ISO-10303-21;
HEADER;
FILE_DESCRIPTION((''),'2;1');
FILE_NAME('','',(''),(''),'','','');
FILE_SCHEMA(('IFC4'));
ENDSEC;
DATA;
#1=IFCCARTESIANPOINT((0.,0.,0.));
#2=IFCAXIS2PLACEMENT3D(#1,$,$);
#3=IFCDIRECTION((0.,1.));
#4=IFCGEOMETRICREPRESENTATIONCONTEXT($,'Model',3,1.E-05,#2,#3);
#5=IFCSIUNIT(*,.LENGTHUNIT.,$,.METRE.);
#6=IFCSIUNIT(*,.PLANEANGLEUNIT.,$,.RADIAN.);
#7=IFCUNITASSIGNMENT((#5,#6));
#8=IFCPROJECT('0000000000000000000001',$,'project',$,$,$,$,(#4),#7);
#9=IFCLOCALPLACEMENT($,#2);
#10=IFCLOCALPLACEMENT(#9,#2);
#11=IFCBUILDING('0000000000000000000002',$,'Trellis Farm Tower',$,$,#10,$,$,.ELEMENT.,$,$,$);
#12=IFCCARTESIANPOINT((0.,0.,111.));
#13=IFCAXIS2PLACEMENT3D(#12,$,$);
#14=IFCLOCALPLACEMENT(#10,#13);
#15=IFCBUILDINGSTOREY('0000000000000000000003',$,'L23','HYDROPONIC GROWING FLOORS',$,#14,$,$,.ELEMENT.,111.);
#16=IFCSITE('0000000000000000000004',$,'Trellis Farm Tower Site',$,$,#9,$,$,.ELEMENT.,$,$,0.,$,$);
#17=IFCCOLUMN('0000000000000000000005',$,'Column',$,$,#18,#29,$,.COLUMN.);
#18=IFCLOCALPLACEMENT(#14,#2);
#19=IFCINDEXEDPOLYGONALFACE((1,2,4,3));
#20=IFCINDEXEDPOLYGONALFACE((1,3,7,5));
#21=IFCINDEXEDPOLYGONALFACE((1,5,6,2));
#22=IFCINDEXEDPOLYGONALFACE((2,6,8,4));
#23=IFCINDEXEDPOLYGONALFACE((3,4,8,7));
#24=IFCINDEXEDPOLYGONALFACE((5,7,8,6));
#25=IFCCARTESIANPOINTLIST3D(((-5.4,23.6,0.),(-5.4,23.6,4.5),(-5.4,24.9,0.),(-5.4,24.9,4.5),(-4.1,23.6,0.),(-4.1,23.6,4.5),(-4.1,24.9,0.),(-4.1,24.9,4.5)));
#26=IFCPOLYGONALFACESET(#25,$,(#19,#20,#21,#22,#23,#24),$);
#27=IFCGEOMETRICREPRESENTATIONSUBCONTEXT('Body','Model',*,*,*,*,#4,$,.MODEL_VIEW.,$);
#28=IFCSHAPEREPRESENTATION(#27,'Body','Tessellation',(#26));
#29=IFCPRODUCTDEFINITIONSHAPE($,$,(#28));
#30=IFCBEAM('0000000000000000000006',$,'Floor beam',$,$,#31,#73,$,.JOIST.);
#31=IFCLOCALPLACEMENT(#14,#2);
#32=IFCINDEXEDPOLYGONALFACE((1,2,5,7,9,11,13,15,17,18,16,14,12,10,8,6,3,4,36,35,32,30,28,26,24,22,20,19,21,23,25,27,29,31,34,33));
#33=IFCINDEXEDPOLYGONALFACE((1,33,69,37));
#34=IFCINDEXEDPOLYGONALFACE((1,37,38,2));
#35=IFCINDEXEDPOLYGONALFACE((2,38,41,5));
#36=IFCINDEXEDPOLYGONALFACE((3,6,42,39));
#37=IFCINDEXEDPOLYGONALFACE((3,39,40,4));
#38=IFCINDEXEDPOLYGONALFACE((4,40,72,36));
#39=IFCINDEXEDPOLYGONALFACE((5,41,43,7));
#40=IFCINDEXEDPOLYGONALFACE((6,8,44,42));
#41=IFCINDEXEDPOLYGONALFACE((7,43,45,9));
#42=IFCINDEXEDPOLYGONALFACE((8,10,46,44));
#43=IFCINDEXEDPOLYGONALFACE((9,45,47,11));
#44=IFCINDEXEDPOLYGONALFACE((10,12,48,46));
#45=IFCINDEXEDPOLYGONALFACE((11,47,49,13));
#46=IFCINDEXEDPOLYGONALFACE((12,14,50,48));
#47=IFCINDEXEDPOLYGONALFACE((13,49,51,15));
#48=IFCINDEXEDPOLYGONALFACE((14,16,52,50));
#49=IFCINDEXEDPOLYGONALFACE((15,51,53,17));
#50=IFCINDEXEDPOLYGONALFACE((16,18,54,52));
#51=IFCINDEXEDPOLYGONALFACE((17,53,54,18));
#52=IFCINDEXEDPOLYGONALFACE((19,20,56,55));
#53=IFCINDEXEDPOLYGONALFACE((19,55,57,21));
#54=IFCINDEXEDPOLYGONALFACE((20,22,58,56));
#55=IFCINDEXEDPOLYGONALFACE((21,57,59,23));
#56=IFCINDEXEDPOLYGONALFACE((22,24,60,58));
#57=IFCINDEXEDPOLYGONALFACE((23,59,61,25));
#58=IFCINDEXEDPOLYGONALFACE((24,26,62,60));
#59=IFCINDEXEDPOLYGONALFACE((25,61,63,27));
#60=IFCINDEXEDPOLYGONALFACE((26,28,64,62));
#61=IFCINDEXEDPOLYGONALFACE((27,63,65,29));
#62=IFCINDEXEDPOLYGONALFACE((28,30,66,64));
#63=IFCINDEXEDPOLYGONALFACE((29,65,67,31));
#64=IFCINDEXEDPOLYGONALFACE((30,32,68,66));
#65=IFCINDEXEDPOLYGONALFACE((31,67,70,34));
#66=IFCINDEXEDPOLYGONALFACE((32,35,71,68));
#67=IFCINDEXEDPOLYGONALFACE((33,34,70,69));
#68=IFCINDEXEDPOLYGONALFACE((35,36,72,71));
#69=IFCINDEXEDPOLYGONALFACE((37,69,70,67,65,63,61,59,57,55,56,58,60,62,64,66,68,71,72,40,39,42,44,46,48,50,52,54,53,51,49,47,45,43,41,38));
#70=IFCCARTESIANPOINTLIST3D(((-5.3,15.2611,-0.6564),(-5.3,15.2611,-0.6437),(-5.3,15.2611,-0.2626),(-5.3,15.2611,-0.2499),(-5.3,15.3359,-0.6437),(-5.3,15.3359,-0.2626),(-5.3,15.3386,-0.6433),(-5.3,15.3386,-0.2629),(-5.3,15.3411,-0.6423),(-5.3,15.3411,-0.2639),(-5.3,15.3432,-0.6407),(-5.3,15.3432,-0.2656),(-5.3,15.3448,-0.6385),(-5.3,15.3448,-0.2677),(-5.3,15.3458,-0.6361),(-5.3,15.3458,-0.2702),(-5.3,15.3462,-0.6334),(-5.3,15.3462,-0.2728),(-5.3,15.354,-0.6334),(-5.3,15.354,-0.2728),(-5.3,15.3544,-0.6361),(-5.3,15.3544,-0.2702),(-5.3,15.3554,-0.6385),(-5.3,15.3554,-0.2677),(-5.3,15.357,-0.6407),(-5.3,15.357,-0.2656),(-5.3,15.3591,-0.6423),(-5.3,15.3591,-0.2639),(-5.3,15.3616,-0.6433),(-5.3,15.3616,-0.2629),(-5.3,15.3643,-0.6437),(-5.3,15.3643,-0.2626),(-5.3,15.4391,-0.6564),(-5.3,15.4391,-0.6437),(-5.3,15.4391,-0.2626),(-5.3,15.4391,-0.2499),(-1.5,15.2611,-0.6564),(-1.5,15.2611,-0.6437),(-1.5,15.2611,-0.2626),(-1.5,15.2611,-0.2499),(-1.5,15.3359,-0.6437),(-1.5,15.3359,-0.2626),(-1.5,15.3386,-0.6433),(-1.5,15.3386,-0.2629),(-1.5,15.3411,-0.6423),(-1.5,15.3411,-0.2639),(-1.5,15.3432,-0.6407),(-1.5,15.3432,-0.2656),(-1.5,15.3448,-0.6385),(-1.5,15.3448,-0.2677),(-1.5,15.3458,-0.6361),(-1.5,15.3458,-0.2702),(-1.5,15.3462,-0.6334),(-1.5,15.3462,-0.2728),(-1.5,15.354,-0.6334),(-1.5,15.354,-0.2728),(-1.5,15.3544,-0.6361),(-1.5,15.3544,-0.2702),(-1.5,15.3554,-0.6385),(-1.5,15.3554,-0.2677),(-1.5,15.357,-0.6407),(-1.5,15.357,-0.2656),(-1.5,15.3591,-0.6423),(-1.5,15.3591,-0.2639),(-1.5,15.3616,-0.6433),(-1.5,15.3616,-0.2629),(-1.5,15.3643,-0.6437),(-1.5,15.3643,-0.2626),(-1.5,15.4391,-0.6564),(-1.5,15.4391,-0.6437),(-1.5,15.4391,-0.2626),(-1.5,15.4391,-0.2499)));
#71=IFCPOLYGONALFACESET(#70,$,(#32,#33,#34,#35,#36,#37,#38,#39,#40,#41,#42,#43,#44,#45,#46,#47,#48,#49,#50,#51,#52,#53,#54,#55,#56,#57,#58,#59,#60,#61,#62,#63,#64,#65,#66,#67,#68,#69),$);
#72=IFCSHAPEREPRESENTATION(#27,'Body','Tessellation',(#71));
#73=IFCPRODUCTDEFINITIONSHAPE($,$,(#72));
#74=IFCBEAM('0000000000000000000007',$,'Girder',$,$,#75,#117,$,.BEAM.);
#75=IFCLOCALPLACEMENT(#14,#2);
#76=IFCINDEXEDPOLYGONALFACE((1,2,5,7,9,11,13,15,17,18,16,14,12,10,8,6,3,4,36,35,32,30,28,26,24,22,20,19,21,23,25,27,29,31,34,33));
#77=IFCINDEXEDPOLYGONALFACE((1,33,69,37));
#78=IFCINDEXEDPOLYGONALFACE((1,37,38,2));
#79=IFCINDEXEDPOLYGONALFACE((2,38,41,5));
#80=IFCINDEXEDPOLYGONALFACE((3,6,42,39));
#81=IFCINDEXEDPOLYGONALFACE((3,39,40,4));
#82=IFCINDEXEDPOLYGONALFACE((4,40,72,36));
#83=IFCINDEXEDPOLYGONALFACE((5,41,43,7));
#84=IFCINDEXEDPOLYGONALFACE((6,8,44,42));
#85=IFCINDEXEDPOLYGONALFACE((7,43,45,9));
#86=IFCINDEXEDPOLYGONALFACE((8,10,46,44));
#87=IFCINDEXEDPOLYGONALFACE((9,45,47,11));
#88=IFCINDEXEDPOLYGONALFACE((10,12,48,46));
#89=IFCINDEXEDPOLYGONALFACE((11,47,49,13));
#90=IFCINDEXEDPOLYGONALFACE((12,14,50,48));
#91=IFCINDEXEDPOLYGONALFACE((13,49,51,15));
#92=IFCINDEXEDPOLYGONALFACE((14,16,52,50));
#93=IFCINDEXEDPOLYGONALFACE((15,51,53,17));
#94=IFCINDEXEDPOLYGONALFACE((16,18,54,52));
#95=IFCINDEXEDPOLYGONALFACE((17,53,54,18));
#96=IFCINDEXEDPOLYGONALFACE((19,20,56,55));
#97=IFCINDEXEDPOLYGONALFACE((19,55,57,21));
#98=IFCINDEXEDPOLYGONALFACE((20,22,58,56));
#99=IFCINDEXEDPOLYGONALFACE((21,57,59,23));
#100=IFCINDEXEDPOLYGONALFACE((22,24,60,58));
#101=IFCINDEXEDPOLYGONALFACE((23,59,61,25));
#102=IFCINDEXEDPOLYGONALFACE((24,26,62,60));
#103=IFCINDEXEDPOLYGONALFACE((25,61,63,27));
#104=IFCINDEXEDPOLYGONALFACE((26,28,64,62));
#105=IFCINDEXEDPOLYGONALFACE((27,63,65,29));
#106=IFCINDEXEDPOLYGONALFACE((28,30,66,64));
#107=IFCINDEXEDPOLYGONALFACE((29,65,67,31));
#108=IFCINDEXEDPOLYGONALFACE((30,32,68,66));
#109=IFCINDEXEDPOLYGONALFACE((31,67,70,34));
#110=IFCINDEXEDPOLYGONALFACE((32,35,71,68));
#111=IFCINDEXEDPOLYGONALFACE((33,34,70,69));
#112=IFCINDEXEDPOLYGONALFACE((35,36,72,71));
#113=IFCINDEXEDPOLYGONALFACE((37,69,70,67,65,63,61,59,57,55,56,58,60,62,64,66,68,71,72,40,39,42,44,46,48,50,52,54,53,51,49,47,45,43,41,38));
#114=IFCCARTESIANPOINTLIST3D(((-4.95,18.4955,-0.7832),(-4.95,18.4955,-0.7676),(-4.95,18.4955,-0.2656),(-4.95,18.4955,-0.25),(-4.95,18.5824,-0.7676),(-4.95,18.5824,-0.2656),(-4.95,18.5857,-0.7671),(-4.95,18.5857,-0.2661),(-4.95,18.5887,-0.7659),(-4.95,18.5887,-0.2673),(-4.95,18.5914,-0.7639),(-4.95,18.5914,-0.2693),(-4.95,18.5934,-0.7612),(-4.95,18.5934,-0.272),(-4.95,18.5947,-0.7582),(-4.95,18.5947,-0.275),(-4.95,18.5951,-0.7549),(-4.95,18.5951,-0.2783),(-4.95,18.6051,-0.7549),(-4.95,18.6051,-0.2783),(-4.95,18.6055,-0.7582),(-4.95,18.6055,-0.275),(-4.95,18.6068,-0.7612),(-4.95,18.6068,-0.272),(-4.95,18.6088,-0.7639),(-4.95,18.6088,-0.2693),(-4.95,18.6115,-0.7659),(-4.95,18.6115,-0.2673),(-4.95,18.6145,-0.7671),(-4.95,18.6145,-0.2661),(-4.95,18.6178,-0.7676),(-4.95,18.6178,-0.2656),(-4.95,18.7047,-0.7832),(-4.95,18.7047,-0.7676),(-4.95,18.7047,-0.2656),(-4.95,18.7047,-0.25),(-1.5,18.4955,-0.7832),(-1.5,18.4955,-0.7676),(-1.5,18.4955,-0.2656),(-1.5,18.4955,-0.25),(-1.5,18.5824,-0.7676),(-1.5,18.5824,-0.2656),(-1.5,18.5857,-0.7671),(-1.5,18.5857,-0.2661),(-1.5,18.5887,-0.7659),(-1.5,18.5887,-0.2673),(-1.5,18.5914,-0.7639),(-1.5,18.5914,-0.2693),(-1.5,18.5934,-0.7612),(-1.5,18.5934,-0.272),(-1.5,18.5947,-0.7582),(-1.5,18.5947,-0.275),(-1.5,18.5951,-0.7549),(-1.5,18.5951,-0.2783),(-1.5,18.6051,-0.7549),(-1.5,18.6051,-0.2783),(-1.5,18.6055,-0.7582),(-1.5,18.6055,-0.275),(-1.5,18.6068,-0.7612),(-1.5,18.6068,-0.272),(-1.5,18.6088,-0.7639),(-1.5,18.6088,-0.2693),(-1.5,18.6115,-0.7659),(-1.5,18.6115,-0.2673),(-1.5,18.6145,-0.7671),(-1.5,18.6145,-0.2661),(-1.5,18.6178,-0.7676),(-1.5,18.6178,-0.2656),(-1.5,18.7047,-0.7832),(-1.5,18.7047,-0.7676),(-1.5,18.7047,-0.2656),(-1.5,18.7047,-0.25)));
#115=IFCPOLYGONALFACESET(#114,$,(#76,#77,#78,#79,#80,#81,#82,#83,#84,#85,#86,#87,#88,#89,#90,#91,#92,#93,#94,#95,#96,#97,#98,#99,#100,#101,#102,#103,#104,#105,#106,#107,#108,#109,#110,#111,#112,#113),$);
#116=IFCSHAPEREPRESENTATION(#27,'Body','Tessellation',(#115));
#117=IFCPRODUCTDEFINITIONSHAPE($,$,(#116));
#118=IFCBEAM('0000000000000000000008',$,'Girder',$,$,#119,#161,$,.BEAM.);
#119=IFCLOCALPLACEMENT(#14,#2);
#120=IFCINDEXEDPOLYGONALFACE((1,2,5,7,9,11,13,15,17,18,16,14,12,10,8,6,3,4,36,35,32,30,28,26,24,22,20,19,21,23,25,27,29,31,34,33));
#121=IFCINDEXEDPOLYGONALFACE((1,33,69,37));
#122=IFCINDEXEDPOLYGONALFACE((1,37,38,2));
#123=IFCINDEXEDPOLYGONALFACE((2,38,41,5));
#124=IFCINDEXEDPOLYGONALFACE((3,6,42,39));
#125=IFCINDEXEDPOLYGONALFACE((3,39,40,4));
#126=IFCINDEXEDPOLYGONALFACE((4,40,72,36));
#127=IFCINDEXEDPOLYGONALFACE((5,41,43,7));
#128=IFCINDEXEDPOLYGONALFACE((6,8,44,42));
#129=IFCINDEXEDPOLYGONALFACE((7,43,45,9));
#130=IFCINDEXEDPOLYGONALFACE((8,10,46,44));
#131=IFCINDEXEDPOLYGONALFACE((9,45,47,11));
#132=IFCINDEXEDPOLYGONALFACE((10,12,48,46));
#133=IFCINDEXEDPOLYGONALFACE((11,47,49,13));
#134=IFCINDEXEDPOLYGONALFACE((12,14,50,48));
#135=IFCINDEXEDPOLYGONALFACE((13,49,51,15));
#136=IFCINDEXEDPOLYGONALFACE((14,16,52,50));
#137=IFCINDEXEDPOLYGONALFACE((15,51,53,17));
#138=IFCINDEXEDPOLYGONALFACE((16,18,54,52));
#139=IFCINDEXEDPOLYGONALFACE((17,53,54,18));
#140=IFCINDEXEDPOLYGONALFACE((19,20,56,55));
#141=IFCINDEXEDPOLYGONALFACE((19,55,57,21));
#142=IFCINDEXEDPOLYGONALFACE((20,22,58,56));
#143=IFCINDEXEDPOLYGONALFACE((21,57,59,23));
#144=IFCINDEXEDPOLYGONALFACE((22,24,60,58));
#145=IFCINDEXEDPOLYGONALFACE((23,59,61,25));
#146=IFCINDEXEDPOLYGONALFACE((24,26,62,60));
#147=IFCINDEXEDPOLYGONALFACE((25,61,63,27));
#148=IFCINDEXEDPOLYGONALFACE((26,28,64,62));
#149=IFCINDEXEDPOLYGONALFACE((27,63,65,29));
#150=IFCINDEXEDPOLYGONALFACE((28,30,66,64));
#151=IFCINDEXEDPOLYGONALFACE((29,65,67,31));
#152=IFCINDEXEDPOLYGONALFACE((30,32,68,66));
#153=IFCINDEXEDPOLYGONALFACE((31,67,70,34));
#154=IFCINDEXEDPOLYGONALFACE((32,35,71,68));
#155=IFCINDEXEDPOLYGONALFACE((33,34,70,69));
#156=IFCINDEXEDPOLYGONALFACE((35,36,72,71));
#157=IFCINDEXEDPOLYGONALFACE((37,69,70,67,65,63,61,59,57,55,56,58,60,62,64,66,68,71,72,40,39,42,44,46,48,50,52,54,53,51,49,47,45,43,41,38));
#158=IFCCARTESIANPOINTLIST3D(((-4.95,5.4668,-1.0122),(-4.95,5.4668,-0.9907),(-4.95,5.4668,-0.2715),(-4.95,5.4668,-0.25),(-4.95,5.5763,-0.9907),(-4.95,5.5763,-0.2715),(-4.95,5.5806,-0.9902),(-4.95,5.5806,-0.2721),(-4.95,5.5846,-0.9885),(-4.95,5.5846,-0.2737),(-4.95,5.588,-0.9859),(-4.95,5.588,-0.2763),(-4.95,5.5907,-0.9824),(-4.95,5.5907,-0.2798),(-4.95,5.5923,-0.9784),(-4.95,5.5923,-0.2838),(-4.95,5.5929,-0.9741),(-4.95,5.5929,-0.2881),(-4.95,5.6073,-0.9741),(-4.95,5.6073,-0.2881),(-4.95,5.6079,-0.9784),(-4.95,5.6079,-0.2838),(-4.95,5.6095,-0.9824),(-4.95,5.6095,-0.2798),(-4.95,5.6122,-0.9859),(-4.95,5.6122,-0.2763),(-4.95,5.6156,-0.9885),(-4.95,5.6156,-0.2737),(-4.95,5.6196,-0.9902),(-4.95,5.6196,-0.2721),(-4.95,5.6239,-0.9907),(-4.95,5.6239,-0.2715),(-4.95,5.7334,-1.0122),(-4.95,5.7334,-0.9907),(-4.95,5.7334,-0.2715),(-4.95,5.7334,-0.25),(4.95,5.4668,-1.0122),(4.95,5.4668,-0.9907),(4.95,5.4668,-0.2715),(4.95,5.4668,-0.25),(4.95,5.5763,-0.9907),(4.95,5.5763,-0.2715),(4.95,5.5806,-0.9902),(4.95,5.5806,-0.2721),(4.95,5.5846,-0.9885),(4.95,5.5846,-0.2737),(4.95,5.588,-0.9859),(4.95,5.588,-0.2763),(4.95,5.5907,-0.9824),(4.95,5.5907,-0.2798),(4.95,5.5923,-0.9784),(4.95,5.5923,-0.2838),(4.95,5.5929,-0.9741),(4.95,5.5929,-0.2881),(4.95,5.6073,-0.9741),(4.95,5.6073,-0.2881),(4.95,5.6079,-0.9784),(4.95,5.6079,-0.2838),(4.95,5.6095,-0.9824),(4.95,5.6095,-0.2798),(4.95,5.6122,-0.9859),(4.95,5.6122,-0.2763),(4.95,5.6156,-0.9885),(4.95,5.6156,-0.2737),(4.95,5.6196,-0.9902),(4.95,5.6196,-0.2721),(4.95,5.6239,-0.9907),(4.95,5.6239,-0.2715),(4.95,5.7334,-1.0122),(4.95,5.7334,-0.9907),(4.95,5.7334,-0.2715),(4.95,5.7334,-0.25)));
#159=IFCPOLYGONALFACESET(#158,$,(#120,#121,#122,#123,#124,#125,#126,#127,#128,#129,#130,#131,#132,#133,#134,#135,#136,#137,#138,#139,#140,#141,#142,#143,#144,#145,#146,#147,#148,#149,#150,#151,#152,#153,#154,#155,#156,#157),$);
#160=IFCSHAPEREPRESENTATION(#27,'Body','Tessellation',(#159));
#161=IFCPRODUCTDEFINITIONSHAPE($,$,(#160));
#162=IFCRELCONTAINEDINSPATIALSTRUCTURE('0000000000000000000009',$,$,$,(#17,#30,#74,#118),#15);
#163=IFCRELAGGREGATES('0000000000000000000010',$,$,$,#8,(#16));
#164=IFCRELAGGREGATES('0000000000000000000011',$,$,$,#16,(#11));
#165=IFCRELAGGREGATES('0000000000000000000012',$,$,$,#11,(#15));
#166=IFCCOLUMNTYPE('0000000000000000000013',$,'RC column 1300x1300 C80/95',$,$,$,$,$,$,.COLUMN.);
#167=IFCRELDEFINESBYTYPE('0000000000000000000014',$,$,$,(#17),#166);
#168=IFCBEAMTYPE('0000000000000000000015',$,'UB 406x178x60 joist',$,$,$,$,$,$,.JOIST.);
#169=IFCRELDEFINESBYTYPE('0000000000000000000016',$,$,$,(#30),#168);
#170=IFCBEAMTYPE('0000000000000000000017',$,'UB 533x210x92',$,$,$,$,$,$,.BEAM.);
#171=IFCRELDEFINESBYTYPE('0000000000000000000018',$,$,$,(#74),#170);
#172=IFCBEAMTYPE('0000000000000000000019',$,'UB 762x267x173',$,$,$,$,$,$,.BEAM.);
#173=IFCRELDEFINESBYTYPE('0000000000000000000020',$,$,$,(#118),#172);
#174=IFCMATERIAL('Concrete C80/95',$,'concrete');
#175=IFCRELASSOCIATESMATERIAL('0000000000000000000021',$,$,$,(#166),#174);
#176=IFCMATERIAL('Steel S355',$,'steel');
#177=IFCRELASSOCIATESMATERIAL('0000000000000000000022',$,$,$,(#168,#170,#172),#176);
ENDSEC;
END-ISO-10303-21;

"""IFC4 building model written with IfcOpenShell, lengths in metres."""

from ifc_helpers import new_model, si_unit, direction, frame, origin, origin_2d, place, context, subcontext, project, spatial, rectangle, i_section, extrude, source, transform, mapped, material, material_profile, profile_set, type_object, element, save


model = new_model("IFC4")

# Units and contexts
model_context = context("Model", 3, precision=1e-05, world=origin(), true_north=direction((0.0, 1.0)))
body_context = subcontext(model_context, "Body", "Model", "MODEL_VIEW")
ifc_project = project(units=[si_unit("LENGTHUNIT", "METRE"), si_unit("PLANEANGLEUNIT", "RADIAN")], contexts=[model_context])

# Site, building, storey
site_placement = place(None, origin())
site = spatial("IfcSite", under=ifc_project, at=site_placement, Name="Trellis Farm Tower Site", CompositionType="ELEMENT", RefElevation=0.0)
building_placement = place(site_placement, origin())
building = spatial("IfcBuilding", under=site, at=building_placement, Name="Trellis Farm Tower", CompositionType="ELEMENT")
storey_placement = place(building_placement, frame((0.0, 0.0, 111.0)))
storey = spatial("IfcBuildingStorey", under=building, at=storey_placement, Name="L23", Description="HYDROPONIC GROWING FLOORS", CompositionType="ELEMENT", Elevation=111.0)

# Column
ifc_material_1 = material(Name="Concrete C80/95", Category="concrete")
ifc_material_profile_1 = material_profile(ifc_material_1, rectangle(XDim=1.3, YDim=1.3, at=origin_2d()), Name="RC column 1300x1300 C80/95")
ifc_profile_set_1 = profile_set([ifc_material_profile_1], Name="Concrete C80/95")
column_type = type_object("IfcColumnType", Name="RC column 1300x1300 C80/95", PredefinedType="COLUMN", material=ifc_profile_set_1)
shared_shape_1 = source(origin(), body_context, "Body", "SweptSolid", [
    extrude(rectangle(XDim=1.3, YDim=1.3, at=origin_2d()), origin(), (0.0, 0.0, 1.0), 4.5),
])
column_placement = place(storey_placement, frame((-4.75, 24.25, 0.0), z_axis=(0.0, 0.0, 1.0), x_axis=(1.0, 0.0, 0.0)))
element("IfcColumn", 1, at=column_placement, inside=storey, type_object=column_type, Name="Column", PredefinedType="COLUMN", context=body_context, shape_type="MappedRepresentation", body=[
    mapped(shared_shape_1, transform((0.0, 0.0, 0.0))),
])

# Beams
ifc_material_2 = material(Name="Steel S355", Category="steel")
ifc_material_profile_2 = material_profile(ifc_material_2, i_section(OverallWidth=0.178, OverallDepth=0.4065, WebThickness=0.0078, FlangeThickness=0.0127, FilletRadius=0.0103, at=origin_2d()), Name="UB 406x178x60")
ifc_profile_set_2 = profile_set([ifc_material_profile_2], Name="Steel S355")
beam_type_1 = type_object("IfcBeamType", Name="UB 406x178x60 joist", PredefinedType="JOIST", material=ifc_profile_set_2)
shared_shape_2 = source(origin(), body_context, "Body", "SweptSolid", [
    extrude(i_section(OverallWidth=0.178, OverallDepth=0.4065, WebThickness=0.0078, FlangeThickness=0.0127, FilletRadius=0.0103, at=origin_2d()), origin(), (0.0, 0.0, 1.0), 3.8),
])
beam_1_placement = place(storey_placement, frame((-5.3, 15.3501, -0.4531), z_axis=(1.0, 0.0, 0.0), x_axis=(0.0, 1.0, 0.0)))
element("IfcBeam", 2, at=beam_1_placement, inside=storey, type_object=beam_type_1, Name="Floor beam", PredefinedType="JOIST", context=body_context, shape_type="MappedRepresentation", body=[
    mapped(shared_shape_2, transform((0.0, 0.0, 0.0))),
])
ifc_material_profile_3 = material_profile(ifc_material_2, i_section(OverallWidth=0.2092, OverallDepth=0.5332, WebThickness=0.01, FlangeThickness=0.0156, FilletRadius=0.0127, at=origin_2d()), Name="UB 533x210x92")
ifc_profile_set_3 = profile_set([ifc_material_profile_3], Name="Steel S355")
beam_type_2 = type_object("IfcBeamType", Name="UB 533x210x92", PredefinedType="BEAM", material=ifc_profile_set_3)
shared_shape_3 = source(origin(), body_context, "Body", "SweptSolid", [
    extrude(i_section(OverallWidth=0.2092, OverallDepth=0.5332, WebThickness=0.01, FlangeThickness=0.0156, FilletRadius=0.0127, at=origin_2d()), origin(), (0.0, 0.0, 1.0), 3.45),
])
beam_2_placement = place(storey_placement, frame((-4.95, 18.6001, -0.5166), z_axis=(1.0, 0.0, 0.0), x_axis=(0.0, 1.0, 0.0)))
element("IfcBeam", 3, at=beam_2_placement, inside=storey, type_object=beam_type_2, Name="Girder", PredefinedType="BEAM", context=body_context, shape_type="MappedRepresentation", body=[
    mapped(shared_shape_3, transform((0.0, 0.0, 0.0))),
])
ifc_material_profile_4 = material_profile(ifc_material_2, i_section(OverallWidth=0.2666, OverallDepth=0.7622, WebThickness=0.0144, FlangeThickness=0.0215, FilletRadius=0.0166, at=origin_2d()), Name="UB 762x267x173")
ifc_profile_set_4 = profile_set([ifc_material_profile_4], Name="Steel S355")
beam_type_3 = type_object("IfcBeamType", Name="UB 762x267x173", PredefinedType="BEAM", material=ifc_profile_set_4)
shared_shape_4 = source(origin(), body_context, "Body", "SweptSolid", [
    extrude(i_section(OverallWidth=0.2666, OverallDepth=0.7622, WebThickness=0.0144, FlangeThickness=0.0215, FilletRadius=0.0166, at=origin_2d()), origin(), (0.0, 0.0, 1.0), 9.8999),
])
for number, where, z_axis, x_axis, name in (
    (4, (-4.95, 5.6001, -0.6311), (1.0, 0.0, 0.0), (0.0, 1.0, 0.0), "Girder"),
):
    element("IfcBeam", number, at=place(storey_placement, frame(where, z_axis=z_axis, x_axis=x_axis)), inside=storey, type_object=beam_type_3, Name=name, PredefinedType="BEAM", context=body_context, shape_type="MappedRepresentation", body=[
        mapped(shared_shape_4, transform((0.0, 0.0, 0.0))),
    ])

save(model, "model.ifc")
